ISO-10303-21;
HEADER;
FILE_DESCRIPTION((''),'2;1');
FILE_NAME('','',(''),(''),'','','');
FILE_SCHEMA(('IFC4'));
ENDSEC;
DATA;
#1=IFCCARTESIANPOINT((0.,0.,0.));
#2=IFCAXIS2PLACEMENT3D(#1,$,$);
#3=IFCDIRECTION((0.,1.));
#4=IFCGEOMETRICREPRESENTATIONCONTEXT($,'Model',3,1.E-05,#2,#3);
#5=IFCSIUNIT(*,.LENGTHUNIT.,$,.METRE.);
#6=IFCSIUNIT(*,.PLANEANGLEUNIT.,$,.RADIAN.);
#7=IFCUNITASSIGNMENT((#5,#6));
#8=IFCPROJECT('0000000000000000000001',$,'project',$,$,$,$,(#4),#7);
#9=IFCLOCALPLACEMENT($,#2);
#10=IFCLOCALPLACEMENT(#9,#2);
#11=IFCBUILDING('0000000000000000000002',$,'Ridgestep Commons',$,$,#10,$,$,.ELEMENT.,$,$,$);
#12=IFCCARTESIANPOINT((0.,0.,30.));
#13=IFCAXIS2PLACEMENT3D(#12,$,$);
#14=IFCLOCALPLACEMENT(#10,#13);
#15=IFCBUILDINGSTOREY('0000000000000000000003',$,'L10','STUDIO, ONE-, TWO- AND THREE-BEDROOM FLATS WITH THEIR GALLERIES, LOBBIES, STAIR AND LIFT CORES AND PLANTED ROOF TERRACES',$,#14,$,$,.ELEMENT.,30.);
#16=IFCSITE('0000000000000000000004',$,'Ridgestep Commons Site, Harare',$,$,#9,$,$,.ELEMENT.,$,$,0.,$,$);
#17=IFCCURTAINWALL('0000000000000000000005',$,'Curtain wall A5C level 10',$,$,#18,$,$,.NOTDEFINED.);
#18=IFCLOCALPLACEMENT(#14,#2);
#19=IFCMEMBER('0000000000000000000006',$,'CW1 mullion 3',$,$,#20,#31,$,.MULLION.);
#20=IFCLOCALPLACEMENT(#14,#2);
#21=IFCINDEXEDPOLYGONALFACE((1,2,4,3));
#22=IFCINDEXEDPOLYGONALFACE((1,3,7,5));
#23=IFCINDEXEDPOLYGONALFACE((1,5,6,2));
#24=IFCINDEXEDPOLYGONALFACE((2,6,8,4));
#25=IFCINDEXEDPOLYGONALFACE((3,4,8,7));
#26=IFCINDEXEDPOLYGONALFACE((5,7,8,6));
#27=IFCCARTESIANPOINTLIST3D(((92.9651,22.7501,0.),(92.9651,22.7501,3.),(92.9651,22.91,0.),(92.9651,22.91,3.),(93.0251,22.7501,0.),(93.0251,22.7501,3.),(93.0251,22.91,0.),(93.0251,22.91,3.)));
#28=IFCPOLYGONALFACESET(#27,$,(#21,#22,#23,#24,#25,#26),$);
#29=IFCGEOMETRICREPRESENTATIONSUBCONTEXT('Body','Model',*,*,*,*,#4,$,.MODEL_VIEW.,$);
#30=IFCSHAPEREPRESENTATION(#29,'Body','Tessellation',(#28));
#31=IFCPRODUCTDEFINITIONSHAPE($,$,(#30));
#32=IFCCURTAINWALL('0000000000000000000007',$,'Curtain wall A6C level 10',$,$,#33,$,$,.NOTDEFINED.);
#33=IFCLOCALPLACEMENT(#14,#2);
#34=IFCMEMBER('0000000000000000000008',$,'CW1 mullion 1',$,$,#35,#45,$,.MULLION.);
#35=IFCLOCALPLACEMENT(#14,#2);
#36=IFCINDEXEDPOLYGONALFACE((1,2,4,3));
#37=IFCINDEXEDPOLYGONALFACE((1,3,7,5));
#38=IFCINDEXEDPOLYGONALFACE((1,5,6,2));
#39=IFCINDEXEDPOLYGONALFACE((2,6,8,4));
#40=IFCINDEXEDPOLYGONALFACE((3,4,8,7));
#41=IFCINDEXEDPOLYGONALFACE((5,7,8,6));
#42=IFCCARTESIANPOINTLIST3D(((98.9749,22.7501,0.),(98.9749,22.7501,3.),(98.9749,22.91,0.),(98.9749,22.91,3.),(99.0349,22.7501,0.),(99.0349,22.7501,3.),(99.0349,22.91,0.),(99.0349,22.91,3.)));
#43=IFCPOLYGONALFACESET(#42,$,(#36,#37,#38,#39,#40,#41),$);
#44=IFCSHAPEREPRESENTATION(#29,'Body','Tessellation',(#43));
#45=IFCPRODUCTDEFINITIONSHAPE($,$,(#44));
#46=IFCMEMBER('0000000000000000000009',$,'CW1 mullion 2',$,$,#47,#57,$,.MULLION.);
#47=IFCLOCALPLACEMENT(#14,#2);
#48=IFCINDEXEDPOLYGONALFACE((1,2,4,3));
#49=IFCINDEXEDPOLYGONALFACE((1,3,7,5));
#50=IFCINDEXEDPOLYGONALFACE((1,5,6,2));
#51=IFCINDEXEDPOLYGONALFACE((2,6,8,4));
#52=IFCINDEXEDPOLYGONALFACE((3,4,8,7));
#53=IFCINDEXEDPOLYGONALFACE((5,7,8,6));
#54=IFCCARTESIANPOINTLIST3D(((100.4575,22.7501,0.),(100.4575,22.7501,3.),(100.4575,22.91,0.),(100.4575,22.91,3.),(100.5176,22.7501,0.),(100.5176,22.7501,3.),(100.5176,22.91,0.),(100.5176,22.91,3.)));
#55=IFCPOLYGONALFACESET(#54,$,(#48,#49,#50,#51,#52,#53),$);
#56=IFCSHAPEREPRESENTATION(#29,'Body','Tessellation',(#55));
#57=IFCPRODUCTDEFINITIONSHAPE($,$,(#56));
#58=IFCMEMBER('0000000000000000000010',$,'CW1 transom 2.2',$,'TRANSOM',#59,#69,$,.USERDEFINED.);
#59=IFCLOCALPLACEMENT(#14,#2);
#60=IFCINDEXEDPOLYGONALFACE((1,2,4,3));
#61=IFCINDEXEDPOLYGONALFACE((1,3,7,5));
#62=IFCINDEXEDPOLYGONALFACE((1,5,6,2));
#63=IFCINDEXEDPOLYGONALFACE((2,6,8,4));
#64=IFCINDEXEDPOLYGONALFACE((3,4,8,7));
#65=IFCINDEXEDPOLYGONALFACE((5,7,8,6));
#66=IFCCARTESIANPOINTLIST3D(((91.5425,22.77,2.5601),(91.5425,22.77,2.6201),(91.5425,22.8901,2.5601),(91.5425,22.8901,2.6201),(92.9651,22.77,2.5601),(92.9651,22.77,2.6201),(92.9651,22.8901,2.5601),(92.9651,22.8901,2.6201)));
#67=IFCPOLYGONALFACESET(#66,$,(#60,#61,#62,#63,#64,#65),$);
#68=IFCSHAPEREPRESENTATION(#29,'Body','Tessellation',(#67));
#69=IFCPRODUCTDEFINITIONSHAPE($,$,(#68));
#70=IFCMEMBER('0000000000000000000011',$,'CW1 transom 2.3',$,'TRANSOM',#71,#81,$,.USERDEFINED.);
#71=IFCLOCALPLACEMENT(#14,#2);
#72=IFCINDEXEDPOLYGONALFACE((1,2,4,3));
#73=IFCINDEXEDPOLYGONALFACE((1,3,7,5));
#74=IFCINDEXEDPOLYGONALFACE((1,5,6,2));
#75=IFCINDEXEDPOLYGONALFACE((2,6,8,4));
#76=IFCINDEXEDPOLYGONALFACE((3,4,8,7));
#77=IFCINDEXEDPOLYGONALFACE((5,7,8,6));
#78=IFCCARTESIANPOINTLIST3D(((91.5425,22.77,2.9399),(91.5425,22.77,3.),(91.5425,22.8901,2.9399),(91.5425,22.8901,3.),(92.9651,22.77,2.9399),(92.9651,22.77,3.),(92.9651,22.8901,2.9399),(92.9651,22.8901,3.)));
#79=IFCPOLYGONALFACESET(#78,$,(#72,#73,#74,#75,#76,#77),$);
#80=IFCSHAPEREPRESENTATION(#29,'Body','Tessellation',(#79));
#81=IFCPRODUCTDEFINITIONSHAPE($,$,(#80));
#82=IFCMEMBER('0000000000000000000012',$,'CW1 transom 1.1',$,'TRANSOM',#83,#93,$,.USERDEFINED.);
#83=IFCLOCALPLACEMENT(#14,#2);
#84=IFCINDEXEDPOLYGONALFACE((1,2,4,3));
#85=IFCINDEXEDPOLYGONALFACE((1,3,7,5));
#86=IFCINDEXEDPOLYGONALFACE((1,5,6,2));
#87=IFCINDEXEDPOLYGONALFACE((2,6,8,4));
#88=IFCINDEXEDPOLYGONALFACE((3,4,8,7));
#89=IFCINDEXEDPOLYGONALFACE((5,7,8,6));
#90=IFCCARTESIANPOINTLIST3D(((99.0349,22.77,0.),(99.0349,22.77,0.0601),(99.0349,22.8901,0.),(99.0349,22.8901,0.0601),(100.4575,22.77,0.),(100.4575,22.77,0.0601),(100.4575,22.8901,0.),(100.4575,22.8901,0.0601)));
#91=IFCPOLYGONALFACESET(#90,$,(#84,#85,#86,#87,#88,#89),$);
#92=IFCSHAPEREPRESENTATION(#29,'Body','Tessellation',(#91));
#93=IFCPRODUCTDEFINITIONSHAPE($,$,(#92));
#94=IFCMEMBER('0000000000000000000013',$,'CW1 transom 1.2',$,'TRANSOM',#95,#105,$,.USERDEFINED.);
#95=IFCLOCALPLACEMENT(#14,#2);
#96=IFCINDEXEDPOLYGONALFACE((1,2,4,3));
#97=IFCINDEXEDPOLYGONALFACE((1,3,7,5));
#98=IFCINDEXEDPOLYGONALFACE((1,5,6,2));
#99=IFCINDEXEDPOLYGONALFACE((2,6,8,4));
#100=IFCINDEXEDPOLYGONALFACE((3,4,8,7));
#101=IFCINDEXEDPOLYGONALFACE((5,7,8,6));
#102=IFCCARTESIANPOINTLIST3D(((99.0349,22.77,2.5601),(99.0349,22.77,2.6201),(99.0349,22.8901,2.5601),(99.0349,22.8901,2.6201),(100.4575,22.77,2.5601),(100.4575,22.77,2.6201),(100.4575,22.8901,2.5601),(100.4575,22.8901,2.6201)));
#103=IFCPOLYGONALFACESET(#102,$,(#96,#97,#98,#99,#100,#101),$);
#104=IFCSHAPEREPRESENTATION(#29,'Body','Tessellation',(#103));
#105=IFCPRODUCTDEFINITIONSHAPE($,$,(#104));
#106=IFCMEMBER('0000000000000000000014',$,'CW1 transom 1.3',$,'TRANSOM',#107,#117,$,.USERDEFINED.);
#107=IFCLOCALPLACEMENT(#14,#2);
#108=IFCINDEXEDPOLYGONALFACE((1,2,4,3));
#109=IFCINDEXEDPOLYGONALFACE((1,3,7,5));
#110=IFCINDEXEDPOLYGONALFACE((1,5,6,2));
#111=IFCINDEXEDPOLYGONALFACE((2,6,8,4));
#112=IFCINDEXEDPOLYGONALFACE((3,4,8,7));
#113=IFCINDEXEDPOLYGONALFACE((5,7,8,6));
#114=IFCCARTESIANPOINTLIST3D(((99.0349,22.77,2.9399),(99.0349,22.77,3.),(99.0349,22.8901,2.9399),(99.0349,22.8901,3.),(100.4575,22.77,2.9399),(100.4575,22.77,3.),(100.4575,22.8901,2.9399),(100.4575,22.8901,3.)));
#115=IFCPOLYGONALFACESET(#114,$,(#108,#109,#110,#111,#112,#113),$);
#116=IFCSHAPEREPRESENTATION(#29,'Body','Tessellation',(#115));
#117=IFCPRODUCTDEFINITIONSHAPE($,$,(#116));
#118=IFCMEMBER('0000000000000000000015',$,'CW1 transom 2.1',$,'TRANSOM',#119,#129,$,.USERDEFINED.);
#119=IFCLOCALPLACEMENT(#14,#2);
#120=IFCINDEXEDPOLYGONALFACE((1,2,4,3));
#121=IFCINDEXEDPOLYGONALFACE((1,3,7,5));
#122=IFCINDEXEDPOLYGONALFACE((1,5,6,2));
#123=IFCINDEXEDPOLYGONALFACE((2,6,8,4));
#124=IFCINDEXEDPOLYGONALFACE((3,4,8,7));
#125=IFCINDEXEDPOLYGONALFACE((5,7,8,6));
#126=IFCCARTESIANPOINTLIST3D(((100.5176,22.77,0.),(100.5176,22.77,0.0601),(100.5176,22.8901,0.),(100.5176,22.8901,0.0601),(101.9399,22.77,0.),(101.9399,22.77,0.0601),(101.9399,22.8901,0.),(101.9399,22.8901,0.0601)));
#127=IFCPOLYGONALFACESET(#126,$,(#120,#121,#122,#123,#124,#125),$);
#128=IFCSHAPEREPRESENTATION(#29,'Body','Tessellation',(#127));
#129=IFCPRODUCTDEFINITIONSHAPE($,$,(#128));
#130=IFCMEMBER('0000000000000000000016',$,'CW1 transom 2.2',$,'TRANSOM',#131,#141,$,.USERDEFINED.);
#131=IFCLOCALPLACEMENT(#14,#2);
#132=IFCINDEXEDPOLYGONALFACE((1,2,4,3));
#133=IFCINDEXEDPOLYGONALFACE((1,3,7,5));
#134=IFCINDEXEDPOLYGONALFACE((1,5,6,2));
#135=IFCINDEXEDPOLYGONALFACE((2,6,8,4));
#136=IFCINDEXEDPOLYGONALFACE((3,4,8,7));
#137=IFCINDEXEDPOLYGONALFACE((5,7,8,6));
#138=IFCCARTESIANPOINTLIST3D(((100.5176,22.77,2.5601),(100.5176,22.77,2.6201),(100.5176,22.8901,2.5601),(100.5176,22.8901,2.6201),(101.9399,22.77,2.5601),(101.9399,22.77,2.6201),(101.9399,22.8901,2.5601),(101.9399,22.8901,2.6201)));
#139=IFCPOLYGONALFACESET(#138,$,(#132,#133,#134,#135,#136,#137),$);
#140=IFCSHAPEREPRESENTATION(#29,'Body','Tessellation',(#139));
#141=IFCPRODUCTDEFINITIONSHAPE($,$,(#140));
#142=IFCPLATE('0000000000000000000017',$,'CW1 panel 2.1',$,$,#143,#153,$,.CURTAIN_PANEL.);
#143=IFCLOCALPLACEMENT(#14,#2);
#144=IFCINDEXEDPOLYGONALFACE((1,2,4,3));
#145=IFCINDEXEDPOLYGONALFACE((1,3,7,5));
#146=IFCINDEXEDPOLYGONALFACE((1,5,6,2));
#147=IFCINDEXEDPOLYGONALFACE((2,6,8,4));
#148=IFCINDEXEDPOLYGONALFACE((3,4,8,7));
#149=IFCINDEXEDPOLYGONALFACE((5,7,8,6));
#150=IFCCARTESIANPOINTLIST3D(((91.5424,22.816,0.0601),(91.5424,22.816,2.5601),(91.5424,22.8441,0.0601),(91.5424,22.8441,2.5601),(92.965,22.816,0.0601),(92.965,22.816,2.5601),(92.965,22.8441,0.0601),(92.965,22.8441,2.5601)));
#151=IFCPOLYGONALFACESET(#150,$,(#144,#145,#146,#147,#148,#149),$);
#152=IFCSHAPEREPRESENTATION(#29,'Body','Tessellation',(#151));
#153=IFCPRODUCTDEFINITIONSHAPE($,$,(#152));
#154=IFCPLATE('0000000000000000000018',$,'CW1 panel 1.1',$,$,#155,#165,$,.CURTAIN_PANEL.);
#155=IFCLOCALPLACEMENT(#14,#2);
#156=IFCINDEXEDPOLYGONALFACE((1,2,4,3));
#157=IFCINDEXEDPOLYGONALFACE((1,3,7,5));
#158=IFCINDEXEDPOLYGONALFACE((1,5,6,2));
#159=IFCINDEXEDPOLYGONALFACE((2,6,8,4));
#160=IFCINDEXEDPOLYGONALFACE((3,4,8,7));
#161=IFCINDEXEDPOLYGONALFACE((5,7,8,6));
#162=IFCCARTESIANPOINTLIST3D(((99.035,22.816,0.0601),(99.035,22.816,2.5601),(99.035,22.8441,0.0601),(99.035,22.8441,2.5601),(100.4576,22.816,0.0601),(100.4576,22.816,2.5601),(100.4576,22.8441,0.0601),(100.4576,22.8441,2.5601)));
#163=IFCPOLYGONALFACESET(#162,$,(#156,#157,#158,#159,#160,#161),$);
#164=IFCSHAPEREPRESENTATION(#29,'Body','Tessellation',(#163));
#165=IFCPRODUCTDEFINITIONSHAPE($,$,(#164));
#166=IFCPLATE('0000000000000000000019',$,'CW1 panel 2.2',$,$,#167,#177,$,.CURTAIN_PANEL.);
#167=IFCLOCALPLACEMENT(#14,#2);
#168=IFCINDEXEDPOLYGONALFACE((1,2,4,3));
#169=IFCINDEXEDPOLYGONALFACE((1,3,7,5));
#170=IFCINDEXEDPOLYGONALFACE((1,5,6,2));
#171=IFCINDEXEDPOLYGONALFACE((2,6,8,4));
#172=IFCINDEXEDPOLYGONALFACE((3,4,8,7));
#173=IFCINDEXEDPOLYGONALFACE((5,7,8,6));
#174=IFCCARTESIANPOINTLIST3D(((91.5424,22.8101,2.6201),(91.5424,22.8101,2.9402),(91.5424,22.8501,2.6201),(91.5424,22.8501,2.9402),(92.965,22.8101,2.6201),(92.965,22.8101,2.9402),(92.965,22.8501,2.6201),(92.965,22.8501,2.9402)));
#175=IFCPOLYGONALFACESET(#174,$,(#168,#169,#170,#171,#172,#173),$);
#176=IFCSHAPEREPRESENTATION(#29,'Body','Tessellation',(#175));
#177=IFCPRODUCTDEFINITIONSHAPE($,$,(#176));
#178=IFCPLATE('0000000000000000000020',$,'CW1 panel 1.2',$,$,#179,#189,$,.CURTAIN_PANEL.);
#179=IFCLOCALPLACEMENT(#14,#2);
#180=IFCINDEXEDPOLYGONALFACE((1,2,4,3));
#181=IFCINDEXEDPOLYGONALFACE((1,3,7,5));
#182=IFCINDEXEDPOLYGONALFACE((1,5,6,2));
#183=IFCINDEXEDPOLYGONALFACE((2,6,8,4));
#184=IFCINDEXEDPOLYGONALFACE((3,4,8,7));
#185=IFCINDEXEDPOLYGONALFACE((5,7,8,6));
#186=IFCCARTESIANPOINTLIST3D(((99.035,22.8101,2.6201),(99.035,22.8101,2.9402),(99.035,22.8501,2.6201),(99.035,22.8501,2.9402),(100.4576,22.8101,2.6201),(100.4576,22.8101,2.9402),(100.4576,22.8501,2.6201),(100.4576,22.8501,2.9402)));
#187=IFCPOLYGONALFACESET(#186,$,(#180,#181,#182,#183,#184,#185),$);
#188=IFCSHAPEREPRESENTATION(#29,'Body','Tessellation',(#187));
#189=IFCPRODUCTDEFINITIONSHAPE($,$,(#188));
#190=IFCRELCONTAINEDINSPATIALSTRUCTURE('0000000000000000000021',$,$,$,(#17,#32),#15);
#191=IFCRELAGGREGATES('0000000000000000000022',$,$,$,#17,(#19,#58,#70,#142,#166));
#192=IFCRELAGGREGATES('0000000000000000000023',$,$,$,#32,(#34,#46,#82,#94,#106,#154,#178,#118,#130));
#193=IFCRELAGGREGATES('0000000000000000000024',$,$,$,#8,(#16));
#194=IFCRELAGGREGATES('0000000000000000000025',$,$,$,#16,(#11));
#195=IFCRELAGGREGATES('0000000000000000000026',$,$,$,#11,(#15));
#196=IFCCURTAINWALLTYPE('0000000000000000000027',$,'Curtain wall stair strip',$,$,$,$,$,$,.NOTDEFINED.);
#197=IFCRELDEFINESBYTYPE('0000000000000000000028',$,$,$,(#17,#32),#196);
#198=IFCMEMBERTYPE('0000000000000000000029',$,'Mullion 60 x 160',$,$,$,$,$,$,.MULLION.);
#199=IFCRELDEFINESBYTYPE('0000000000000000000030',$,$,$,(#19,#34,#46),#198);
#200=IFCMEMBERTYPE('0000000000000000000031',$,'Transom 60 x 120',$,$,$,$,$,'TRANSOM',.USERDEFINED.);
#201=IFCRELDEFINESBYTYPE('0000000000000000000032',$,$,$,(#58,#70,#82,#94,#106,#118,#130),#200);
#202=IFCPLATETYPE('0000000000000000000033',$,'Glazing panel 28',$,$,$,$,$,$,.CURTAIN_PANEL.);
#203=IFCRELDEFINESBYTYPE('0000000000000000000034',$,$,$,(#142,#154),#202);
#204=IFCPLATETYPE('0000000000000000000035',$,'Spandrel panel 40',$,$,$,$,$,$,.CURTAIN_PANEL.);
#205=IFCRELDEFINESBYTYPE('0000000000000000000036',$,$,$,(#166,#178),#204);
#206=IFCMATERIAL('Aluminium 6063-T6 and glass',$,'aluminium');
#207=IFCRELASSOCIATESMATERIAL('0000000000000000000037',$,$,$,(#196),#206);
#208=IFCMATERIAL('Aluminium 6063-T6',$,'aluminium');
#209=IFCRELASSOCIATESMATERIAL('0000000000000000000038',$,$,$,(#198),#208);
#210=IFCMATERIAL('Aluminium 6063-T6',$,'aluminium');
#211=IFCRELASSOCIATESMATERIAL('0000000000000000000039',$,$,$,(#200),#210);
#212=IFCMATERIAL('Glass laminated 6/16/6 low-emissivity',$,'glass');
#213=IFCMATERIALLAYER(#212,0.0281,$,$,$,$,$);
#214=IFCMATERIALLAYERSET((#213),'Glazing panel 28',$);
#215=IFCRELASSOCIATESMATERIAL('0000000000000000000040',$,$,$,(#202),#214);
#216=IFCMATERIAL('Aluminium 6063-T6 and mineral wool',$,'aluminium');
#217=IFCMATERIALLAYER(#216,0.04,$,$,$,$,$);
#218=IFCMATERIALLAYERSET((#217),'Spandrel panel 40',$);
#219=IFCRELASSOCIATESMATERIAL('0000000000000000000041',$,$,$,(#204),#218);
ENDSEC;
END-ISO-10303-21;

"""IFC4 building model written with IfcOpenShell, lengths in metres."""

from ifc_helpers import new_model, si_unit, direction, frame, origin, origin_2d, place, context, subcontext, project, spatial, rectangle, extrude, material, layer, layer_set, material_profile, profile_set, type_object, element, aggregate, save


model = new_model("IFC4")

# Units and contexts
model_context = context("Model", 3, precision=1e-05, world=origin(), true_north=direction((0.0, 1.0)))
body_context = subcontext(model_context, "Body", "Model", "MODEL_VIEW")
ifc_project = project(units=[si_unit("LENGTHUNIT", "METRE"), si_unit("PLANEANGLEUNIT", "RADIAN")], contexts=[model_context])

# Site, building, storey
site_placement = place(None, origin())
site = spatial("IfcSite", under=ifc_project, at=site_placement, Name="Ridgestep Commons Site, Harare", CompositionType="ELEMENT", RefElevation=0.0)
building_placement = place(site_placement, origin())
building = spatial("IfcBuilding", under=site, at=building_placement, Name="Ridgestep Commons", CompositionType="ELEMENT")
storey_placement = place(building_placement, frame((0.0, 0.0, 30.0)))
storey = spatial("IfcBuildingStorey", under=building, at=storey_placement, Name="L10", Description="STUDIO, ONE-, TWO- AND THREE-BEDROOM FLATS WITH THEIR GALLERIES, LOBBIES, STAIR AND LIFT CORES AND PLANTED ROOF TERRACES", CompositionType="ELEMENT", Elevation=30.0)

# Curtain wall, member
ifc_material_1 = material(Name="Aluminium 6063-T6 and glass", Category="aluminium")
curtain_wall_type = type_object("IfcCurtainWallType", Name="Curtain wall stair strip", PredefinedType="NOTDEFINED", material=ifc_material_1)
curtain_wall_1_placement = place(storey_placement, origin())
curtain_wall_1 = element("IfcCurtainWall", 1, at=curtain_wall_1_placement, inside=storey, type_object=curtain_wall_type, Name="Curtain wall A5C level 10", PredefinedType="NOTDEFINED")
ifc_material_2 = material(Name="Aluminium 6063-T6", Category="aluminium")
ifc_material_profile_1 = material_profile(ifc_material_2, rectangle(XDim=0.1599, YDim=0.0601, at=origin_2d()), Name="Mullion 60 x 160")
ifc_profile_set_1 = profile_set([ifc_material_profile_1], Name="Aluminium 6063-T6")
member_type_1 = type_object("IfcMemberType", Name="Mullion 60 x 160", PredefinedType="MULLION", material=ifc_profile_set_1)
member_1_placement = place(storey_placement, frame((92.9951, 22.8301, 0.0), z_axis=(0.0, 0.0, 1.0), x_axis=(0.0, 1.0, 0.0)))
member_1 = element("IfcMember", 2, at=member_1_placement, type_object=member_type_1, Name="CW1 mullion 3", PredefinedType="MULLION", context=body_context, shape_type="SweptSolid", body=[
    extrude(rectangle(XDim=0.1599, YDim=0.0601, at=origin_2d()), origin(), (0.0, 0.0, 1.0), 3.0),
])

# Curtain wall, members
curtain_wall_2_placement = place(storey_placement, origin())
curtain_wall_2 = element("IfcCurtainWall", 3, at=curtain_wall_2_placement, inside=storey, type_object=curtain_wall_type, Name="Curtain wall A6C level 10", PredefinedType="NOTDEFINED")
member_2_placement = place(storey_placement, frame((99.0049, 22.8301, 0.0), z_axis=(0.0, 0.0, 1.0), x_axis=(0.0, 1.0, 0.0)))
member_2 = element("IfcMember", 4, at=member_2_placement, type_object=member_type_1, Name="CW1 mullion 1", PredefinedType="MULLION", context=body_context, shape_type="SweptSolid", body=[
    extrude(rectangle(XDim=0.1599, YDim=0.0601, at=origin_2d()), origin(), (0.0, 0.0, 1.0), 3.0),
])
member_3_placement = place(storey_placement, frame((100.4875, 22.8301, 0.0), z_axis=(0.0, 0.0, 1.0), x_axis=(0.0, 1.0, 0.0)))
member_3 = element("IfcMember", 5, at=member_3_placement, type_object=member_type_1, Name="CW1 mullion 2", PredefinedType="MULLION", context=body_context, shape_type="SweptSolid", body=[
    extrude(rectangle(XDim=0.1599, YDim=0.0601, at=origin_2d()), origin(), (0.0, 0.0, 1.0), 3.0),
])

# Members
ifc_material_3 = material(Name="Aluminium 6063-T6", Category="aluminium")
ifc_material_profile_2 = material_profile(ifc_material_3, rectangle(XDim=0.1201, YDim=0.0601, at=origin_2d()), Name="Transom 60 x 120")
ifc_profile_set_2 = profile_set([ifc_material_profile_2], Name="Aluminium 6063-T6")
member_type_2 = type_object("IfcMemberType", Name="Transom 60 x 120", ElementType="TRANSOM", PredefinedType="USERDEFINED", material=ifc_profile_set_2)
member_4_placement = place(storey_placement, frame((91.5425, 22.8301, 2.5901), z_axis=(1.0, 0.0, 0.0), x_axis=(0.0, 1.0, 0.0)))
member_4 = element("IfcMember", 6, at=member_4_placement, type_object=member_type_2, Name="CW1 transom 2.2", ObjectType="TRANSOM", PredefinedType="USERDEFINED", context=body_context, shape_type="SweptSolid", body=[
    extrude(rectangle(XDim=0.1201, YDim=0.0601, at=origin_2d()), origin(), (0.0, 0.0, 1.0), 1.4226),
])
member_5_placement = place(storey_placement, frame((91.5425, 22.8301, 2.97), z_axis=(1.0, 0.0, 0.0), x_axis=(0.0, 1.0, 0.0)))
member_5 = element("IfcMember", 7, at=member_5_placement, type_object=member_type_2, Name="CW1 transom 2.3", ObjectType="TRANSOM", PredefinedType="USERDEFINED", context=body_context, shape_type="SweptSolid", body=[
    extrude(rectangle(XDim=0.1201, YDim=0.0601, at=origin_2d()), origin(), (0.0, 0.0, 1.0), 1.4226),
])
member_6_placement = place(storey_placement, frame((99.0349, 22.8301, 0.03), z_axis=(1.0, 0.0, 0.0), x_axis=(0.0, 1.0, 0.0)))
member_6 = element("IfcMember", 8, at=member_6_placement, type_object=member_type_2, Name="CW1 transom 1.1", ObjectType="TRANSOM", PredefinedType="USERDEFINED", context=body_context, shape_type="SweptSolid", body=[
    extrude(rectangle(XDim=0.1201, YDim=0.0601, at=origin_2d()), origin(), (0.0, 0.0, 1.0), 1.4226),
])
member_7_placement = place(storey_placement, frame((99.0349, 22.8301, 2.5901), z_axis=(1.0, 0.0, 0.0), x_axis=(0.0, 1.0, 0.0)))
member_7 = element("IfcMember", 9, at=member_7_placement, type_object=member_type_2, Name="CW1 transom 1.2", ObjectType="TRANSOM", PredefinedType="USERDEFINED", context=body_context, shape_type="SweptSolid", body=[
    extrude(rectangle(XDim=0.1201, YDim=0.0601, at=origin_2d()), origin(), (0.0, 0.0, 1.0), 1.4226),
])
member_8_placement = place(storey_placement, frame((99.0349, 22.8301, 2.97), z_axis=(1.0, 0.0, 0.0), x_axis=(0.0, 1.0, 0.0)))
member_8 = element("IfcMember", 10, at=member_8_placement, type_object=member_type_2, Name="CW1 transom 1.3", ObjectType="TRANSOM", PredefinedType="USERDEFINED", context=body_context, shape_type="SweptSolid", body=[
    extrude(rectangle(XDim=0.1201, YDim=0.0601, at=origin_2d()), origin(), (0.0, 0.0, 1.0), 1.4226),
])
member_9_placement = place(storey_placement, frame((100.5176, 22.8301, 0.03), z_axis=(1.0, 0.0, 0.0), x_axis=(0.0, 1.0, 0.0)))
member_9 = element("IfcMember", 11, at=member_9_placement, type_object=member_type_2, Name="CW1 transom 2.1", ObjectType="TRANSOM", PredefinedType="USERDEFINED", context=body_context, shape_type="SweptSolid", body=[
    extrude(rectangle(XDim=0.1201, YDim=0.0601, at=origin_2d()), origin(), (0.0, 0.0, 1.0), 1.4224),
])
member_10_placement = place(storey_placement, frame((100.5176, 22.8301, 2.5901), z_axis=(1.0, 0.0, 0.0), x_axis=(0.0, 1.0, 0.0)))
member_10 = element("IfcMember", 12, at=member_10_placement, type_object=member_type_2, Name="CW1 transom 2.2", ObjectType="TRANSOM", PredefinedType="USERDEFINED", context=body_context, shape_type="SweptSolid", body=[
    extrude(rectangle(XDim=0.1201, YDim=0.0601, at=origin_2d()), origin(), (0.0, 0.0, 1.0), 1.4224),
])

# Plates
ifc_material_4 = material(Name="Glass laminated 6/16/6 low-emissivity", Category="glass")
ifc_layer_1 = layer(ifc_material_4, 0.0281)
ifc_layer_set_1 = layer_set([ifc_layer_1], Name="Glazing panel 28")
plate_type_1 = type_object("IfcPlateType", Name="Glazing panel 28", PredefinedType="CURTAIN_PANEL", material=ifc_layer_set_1)
plate_1_placement = place(storey_placement, frame((92.2537, 22.8301, 0.0601), z_axis=(0.0, 0.0, 1.0), x_axis=(1.0, 0.0, 0.0)))
plate_1 = element("IfcPlate", 13, at=plate_1_placement, type_object=plate_type_1, Name="CW1 panel 2.1", PredefinedType="CURTAIN_PANEL", context=body_context, shape_type="SweptSolid", body=[
    extrude(rectangle(XDim=1.4226, YDim=0.0281, at=origin_2d()), origin(), (0.0, 0.0, 1.0), 2.5),
])
plate_2_placement = place(storey_placement, frame((99.7463, 22.8301, 0.0601), z_axis=(0.0, 0.0, 1.0), x_axis=(1.0, 0.0, 0.0)))
plate_2 = element("IfcPlate", 14, at=plate_2_placement, type_object=plate_type_1, Name="CW1 panel 1.1", PredefinedType="CURTAIN_PANEL", context=body_context, shape_type="SweptSolid", body=[
    extrude(rectangle(XDim=1.4226, YDim=0.0281, at=origin_2d()), origin(), (0.0, 0.0, 1.0), 2.5),
])
ifc_material_5 = material(Name="Aluminium 6063-T6 and mineral wool", Category="aluminium")
ifc_layer_2 = layer(ifc_material_5, 0.04)
ifc_layer_set_2 = layer_set([ifc_layer_2], Name="Spandrel panel 40")
plate_type_2 = type_object("IfcPlateType", Name="Spandrel panel 40", PredefinedType="CURTAIN_PANEL", material=ifc_layer_set_2)
plate_3_placement = place(storey_placement, frame((92.2537, 22.8301, 2.6201), z_axis=(0.0, 0.0, 1.0), x_axis=(1.0, 0.0, 0.0)))
plate_3 = element("IfcPlate", 15, at=plate_3_placement, type_object=plate_type_2, Name="CW1 panel 2.2", PredefinedType="CURTAIN_PANEL", context=body_context, shape_type="SweptSolid", body=[
    extrude(rectangle(XDim=1.4226, YDim=0.04, at=origin_2d()), origin(), (0.0, 0.0, 1.0), 0.3201),
])
aggregate(curtain_wall_1, [member_1, member_4, member_5, plate_1, plate_3])
plate_4_placement = place(storey_placement, frame((99.7463, 22.8301, 2.6201), z_axis=(0.0, 0.0, 1.0), x_axis=(1.0, 0.0, 0.0)))
plate_4 = element("IfcPlate", 16, at=plate_4_placement, type_object=plate_type_2, Name="CW1 panel 1.2", PredefinedType="CURTAIN_PANEL", context=body_context, shape_type="SweptSolid", body=[
    extrude(rectangle(XDim=1.4226, YDim=0.04, at=origin_2d()), origin(), (0.0, 0.0, 1.0), 0.3201),
])
aggregate(curtain_wall_2, [member_2, member_3, member_6, member_7, member_8, plate_2, plate_4, member_9, member_10])

save(model, "model.ifc")
